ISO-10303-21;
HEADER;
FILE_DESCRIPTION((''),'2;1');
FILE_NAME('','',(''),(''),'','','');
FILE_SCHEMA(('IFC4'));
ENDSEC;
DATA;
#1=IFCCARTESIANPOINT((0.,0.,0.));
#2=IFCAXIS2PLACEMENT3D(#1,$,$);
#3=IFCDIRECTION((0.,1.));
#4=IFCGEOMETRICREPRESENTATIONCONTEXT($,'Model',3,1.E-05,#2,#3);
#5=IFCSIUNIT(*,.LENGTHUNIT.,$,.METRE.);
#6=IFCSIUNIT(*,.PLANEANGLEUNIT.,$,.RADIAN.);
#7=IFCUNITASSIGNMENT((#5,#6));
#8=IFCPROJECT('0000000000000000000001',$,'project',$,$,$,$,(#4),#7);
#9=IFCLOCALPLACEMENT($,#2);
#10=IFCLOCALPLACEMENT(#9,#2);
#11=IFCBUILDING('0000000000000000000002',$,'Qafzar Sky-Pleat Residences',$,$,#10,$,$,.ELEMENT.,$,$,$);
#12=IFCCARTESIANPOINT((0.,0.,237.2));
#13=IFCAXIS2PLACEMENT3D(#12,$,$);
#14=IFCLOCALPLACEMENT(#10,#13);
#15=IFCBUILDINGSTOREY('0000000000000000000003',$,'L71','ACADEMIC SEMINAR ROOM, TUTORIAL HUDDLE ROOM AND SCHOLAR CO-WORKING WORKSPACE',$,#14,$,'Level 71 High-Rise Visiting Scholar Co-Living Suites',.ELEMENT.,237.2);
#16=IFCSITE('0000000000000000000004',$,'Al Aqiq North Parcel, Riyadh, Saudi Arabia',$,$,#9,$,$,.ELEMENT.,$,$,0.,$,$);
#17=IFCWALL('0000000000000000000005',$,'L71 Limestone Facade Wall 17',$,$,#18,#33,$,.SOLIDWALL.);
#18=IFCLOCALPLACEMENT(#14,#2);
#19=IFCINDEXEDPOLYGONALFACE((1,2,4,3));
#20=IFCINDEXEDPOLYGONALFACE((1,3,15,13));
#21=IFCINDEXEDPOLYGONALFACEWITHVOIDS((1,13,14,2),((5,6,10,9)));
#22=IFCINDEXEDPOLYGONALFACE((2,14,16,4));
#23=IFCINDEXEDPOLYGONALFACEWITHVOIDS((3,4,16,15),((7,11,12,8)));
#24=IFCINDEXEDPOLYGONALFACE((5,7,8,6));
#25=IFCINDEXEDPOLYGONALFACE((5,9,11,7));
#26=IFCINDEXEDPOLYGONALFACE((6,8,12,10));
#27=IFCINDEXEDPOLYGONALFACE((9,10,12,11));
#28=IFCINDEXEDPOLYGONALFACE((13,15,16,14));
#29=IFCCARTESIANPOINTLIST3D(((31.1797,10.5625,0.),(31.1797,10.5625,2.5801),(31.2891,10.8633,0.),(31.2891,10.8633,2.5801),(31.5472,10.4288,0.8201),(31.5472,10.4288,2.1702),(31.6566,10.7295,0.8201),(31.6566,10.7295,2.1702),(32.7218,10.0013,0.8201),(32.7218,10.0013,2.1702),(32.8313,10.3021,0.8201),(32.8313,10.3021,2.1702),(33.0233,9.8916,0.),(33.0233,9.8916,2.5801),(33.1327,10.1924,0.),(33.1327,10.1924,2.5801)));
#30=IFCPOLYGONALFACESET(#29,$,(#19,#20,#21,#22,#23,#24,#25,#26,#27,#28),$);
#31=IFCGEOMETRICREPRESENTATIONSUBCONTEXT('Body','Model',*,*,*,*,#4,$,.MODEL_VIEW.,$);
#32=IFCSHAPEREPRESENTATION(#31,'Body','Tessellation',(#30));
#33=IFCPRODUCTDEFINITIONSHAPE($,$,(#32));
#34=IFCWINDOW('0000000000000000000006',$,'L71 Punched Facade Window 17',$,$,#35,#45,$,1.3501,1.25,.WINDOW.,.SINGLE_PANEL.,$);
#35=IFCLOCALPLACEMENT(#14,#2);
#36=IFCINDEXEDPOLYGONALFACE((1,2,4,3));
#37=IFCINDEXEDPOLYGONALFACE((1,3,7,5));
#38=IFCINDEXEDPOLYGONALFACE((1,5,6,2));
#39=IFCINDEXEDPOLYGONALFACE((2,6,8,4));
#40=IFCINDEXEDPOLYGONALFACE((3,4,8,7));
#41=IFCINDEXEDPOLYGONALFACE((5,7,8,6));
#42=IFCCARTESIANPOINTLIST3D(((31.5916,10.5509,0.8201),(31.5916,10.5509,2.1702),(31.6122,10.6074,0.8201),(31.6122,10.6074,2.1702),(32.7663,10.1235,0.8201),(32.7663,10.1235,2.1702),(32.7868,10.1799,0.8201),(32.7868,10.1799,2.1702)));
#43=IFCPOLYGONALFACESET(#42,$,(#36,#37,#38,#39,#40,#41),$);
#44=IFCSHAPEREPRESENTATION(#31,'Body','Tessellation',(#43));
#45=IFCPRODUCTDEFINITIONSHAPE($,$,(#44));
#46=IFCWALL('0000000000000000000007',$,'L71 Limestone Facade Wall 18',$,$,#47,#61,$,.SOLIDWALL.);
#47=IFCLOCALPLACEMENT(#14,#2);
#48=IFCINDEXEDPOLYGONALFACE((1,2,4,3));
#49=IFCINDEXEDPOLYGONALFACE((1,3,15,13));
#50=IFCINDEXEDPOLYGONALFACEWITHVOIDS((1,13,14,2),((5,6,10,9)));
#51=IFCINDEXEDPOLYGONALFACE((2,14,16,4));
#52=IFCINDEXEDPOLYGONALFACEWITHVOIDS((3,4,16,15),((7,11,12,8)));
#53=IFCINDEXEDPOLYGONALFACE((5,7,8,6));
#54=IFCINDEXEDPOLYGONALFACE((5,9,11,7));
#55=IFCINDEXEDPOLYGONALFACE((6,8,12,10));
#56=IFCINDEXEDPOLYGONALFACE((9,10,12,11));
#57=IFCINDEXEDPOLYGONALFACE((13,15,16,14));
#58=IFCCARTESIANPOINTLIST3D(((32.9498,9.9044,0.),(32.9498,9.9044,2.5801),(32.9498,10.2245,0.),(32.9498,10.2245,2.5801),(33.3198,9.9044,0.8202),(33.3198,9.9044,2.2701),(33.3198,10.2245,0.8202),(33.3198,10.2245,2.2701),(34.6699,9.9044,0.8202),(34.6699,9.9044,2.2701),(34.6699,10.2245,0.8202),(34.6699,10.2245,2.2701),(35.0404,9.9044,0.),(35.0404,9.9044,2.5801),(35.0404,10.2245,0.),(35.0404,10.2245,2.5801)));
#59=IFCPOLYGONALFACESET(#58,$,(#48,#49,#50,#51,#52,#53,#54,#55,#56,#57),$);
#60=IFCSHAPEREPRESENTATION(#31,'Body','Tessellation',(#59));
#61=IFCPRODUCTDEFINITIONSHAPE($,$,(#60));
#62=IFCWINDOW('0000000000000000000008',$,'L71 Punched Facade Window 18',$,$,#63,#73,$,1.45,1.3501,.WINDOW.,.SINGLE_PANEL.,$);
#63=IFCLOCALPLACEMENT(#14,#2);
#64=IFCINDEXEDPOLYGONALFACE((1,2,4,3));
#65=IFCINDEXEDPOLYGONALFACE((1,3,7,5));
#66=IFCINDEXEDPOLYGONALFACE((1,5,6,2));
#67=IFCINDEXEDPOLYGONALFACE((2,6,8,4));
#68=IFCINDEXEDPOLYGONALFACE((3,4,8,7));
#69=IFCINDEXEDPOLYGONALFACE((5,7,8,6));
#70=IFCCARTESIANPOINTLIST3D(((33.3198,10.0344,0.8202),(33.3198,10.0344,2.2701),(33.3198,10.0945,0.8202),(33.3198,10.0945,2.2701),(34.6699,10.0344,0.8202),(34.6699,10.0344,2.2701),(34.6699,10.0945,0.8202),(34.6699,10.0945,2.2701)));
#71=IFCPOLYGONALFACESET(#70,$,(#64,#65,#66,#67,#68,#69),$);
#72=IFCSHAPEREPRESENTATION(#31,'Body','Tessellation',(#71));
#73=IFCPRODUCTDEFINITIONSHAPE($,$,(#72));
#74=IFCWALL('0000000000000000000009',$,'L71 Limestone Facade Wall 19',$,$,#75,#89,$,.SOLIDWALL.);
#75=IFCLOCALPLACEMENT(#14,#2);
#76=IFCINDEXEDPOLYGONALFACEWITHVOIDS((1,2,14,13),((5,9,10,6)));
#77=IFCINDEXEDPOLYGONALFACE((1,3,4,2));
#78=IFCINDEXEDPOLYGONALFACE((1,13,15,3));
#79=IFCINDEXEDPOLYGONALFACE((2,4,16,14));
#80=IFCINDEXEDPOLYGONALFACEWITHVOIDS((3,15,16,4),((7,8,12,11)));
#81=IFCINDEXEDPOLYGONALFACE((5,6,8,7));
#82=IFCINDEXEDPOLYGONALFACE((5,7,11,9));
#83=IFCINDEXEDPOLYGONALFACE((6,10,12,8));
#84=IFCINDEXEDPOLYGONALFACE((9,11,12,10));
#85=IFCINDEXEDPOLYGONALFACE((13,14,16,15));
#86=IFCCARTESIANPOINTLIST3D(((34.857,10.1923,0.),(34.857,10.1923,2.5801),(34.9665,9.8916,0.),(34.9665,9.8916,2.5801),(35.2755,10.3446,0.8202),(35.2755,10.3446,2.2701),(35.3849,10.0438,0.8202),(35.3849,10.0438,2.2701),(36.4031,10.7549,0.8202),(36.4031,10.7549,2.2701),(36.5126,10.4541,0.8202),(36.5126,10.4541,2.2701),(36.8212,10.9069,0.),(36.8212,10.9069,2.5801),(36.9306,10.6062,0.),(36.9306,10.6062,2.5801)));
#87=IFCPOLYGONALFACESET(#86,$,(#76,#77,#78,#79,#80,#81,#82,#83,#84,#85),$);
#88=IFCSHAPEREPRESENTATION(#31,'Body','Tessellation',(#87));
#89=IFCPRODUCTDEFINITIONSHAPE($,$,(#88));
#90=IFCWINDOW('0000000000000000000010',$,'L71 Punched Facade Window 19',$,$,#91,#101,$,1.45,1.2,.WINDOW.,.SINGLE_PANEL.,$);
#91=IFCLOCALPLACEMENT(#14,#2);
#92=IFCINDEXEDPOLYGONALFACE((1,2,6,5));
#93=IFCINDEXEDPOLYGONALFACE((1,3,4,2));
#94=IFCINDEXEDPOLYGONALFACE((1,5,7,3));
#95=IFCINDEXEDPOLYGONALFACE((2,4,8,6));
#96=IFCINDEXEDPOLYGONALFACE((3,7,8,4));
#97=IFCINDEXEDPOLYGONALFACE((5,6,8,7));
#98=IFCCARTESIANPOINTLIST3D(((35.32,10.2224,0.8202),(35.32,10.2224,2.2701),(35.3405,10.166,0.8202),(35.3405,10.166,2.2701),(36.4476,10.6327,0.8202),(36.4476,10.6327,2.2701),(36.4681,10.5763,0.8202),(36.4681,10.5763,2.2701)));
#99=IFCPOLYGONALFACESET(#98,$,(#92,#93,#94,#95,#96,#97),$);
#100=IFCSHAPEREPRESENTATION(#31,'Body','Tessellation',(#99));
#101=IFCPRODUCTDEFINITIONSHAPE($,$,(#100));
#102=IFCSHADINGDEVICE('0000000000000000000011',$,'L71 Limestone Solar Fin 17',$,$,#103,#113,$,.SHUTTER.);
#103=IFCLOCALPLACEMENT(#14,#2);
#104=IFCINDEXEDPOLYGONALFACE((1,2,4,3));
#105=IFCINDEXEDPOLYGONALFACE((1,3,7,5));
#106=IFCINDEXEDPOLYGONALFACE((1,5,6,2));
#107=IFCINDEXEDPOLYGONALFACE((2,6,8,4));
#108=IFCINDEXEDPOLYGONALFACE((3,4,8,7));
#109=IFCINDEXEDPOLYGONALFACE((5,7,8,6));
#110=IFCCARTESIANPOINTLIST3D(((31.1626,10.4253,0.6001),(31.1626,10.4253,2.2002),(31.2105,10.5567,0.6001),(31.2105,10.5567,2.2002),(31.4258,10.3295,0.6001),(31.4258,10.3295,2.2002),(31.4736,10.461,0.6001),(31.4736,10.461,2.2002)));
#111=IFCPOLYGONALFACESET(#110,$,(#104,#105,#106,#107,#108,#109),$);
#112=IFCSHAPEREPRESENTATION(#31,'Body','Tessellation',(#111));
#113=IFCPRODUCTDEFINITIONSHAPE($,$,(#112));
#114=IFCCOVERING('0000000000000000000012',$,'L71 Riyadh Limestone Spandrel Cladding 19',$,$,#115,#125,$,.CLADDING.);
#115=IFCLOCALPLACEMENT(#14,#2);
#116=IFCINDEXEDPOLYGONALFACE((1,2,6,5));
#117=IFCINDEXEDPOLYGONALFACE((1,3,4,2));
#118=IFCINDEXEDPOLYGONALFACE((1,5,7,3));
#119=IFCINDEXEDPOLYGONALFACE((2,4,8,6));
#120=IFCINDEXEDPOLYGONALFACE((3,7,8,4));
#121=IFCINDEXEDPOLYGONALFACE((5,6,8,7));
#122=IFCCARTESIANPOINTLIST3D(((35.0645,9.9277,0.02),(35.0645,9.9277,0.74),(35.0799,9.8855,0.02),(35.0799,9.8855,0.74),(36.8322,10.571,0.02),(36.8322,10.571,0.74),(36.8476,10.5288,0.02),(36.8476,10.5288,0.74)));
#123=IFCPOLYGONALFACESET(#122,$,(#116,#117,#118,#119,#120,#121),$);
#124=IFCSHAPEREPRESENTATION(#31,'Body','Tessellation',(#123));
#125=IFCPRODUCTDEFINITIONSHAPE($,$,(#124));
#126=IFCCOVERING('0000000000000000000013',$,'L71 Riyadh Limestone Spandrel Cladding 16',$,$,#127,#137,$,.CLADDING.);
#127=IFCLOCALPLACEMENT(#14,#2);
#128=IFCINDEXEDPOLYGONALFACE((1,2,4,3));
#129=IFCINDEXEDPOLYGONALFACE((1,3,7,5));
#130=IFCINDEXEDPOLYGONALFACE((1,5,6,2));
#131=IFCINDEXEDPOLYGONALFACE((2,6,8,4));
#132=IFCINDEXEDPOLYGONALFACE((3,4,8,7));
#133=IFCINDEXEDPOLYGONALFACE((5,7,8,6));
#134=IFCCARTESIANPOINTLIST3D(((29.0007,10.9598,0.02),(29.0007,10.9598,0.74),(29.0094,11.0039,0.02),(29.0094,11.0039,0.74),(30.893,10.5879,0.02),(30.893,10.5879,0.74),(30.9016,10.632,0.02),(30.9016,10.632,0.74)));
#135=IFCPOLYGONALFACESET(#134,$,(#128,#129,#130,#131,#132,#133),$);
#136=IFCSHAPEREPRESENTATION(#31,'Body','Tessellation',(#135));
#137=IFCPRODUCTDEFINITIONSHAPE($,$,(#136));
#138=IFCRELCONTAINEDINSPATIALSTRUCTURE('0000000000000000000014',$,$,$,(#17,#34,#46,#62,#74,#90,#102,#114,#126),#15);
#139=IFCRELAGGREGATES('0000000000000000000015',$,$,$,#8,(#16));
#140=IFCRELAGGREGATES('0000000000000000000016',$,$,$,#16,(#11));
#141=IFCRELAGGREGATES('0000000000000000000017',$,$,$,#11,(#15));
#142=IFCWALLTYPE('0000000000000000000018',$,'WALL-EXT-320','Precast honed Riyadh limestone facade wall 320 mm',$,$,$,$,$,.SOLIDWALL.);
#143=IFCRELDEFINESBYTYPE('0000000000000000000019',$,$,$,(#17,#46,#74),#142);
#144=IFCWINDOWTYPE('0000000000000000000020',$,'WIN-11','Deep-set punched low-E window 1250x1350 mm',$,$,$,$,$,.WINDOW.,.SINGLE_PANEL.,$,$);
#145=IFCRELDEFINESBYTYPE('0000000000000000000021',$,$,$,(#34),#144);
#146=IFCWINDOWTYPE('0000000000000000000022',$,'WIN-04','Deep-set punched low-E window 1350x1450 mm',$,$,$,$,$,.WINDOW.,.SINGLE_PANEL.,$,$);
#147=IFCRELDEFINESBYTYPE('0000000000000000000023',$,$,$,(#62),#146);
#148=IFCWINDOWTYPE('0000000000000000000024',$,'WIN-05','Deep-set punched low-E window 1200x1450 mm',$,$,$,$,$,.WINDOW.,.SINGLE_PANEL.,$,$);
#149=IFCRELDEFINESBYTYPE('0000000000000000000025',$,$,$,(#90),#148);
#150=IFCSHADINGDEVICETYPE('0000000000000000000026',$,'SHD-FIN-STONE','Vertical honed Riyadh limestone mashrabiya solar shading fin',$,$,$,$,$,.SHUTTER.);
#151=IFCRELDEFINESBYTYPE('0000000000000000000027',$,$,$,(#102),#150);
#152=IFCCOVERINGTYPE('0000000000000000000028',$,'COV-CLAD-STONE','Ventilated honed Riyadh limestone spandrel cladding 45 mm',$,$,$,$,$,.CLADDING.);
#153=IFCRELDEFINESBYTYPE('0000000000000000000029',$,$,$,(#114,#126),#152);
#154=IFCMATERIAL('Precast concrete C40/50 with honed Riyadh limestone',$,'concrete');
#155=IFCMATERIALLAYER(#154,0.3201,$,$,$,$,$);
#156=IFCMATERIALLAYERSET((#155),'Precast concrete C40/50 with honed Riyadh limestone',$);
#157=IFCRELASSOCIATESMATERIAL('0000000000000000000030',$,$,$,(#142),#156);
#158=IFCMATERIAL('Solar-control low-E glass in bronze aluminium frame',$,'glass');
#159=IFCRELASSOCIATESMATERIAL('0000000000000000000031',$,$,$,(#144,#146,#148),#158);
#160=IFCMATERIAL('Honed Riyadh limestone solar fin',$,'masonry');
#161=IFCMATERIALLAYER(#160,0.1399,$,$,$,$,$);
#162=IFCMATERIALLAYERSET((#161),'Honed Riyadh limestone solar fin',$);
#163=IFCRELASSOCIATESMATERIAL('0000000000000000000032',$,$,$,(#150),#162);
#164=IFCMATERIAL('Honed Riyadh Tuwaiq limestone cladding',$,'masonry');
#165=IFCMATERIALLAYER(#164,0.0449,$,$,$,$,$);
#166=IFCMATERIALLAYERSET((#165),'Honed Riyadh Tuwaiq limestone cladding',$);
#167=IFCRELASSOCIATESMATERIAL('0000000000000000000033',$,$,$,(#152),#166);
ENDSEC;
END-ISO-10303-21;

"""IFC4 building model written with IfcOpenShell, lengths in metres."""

from ifc_helpers import new_model, si_unit, direction, frame, frame_2d, origin, origin_2d, place, context, subcontext, project, spatial, rectangle, extrude, source, transform, mapped, material, layer, layer_set, type_object, element, fill, save


model = new_model("IFC4")

# Units and contexts
model_context = context("Model", 3, precision=1e-05, world=origin(), true_north=direction((0.0, 1.0)))
body_context = subcontext(model_context, "Body", "Model", "MODEL_VIEW")
ifc_project = project(units=[si_unit("LENGTHUNIT", "METRE"), si_unit("PLANEANGLEUNIT", "RADIAN")], contexts=[model_context])

# Site, building, storey
site_placement = place(None, origin())
site = spatial("IfcSite", under=ifc_project, at=site_placement, Name="Al Aqiq North Parcel, Riyadh, Saudi Arabia", CompositionType="ELEMENT", RefElevation=0.0)
building_placement = place(site_placement, origin())
building = spatial("IfcBuilding", under=site, at=building_placement, Name="Qafzar Sky-Pleat Residences", CompositionType="ELEMENT")
storey_placement = place(building_placement, frame((0.0, 0.0, 237.2)))
storey = spatial("IfcBuildingStorey", under=building, at=storey_placement, Name="L71", Description="ACADEMIC SEMINAR ROOM, TUTORIAL HUDDLE ROOM AND SCHOLAR CO-WORKING WORKSPACE", LongName="Level 71 High-Rise Visiting Scholar Co-Living Suites", CompositionType="ELEMENT", Elevation=237.2)

# Walls, openings, windows
ifc_material_1 = material(Name="Precast concrete C40/50 with honed Riyadh limestone", Category="concrete")
ifc_layer_1 = layer(ifc_material_1, 0.3201)
ifc_layer_set_1 = layer_set([ifc_layer_1], Name="Precast concrete C40/50 with honed Riyadh limestone")
wall_type = type_object("IfcWallType", Name="WALL-EXT-320", Description="Precast honed Riyadh limestone facade wall 320 mm", PredefinedType="SOLIDWALL", material=ifc_layer_set_1)
ifc_material_2 = material(Name="Solar-control low-E glass in bronze aluminium frame", Category="glass")
wall_1_placement = place(storey_placement, frame((31.2344, 10.7129, 0.0), z_axis=(0.0, 0.0, 1.0), x_axis=(0.939721, -0.341943, 0.0)))
wall_1 = element("IfcWall", 1, at=wall_1_placement, inside=storey, type_object=wall_type, Name="L71 Limestone Facade Wall 17", PredefinedType="SOLIDWALL", context=body_context, shape_type="SweptSolid", body=[
    extrude(rectangle(XDim=1.9619, YDim=0.3201, at=frame_2d((0.981, 0.0))), origin(), (0.0, 0.0, 1.0), 2.5801),
])
opening_1_placement = place(wall_1_placement, frame((0.3911, 0.0, 0.8201)))
opening_1 = element("IfcOpeningElement", 2, at=opening_1_placement, cuts=wall_1, PredefinedType="OPENING", context=body_context, shape_type="SweptSolid", body=[
    extrude(rectangle(XDim=1.25, YDim=1.3501, at=frame_2d((0.625, 0.675))), frame((0.0, 0.1699, 0.0), z_axis=(0.0, -1.0, 0.0), x_axis=(1.0, 0.0, 0.0)), (0.0, 0.0, 1.0), 0.3401),
])
window_type_1 = type_object("IfcWindowType", Name="WIN-11", Description="Deep-set punched low-E window 1250x1350 mm", PartitioningType="SINGLE_PANEL", PredefinedType="WINDOW", material=ifc_material_2)
shared_shape_1 = source(origin(), body_context, "Body", "SweptSolid", [
    extrude(rectangle(XDim=1.25, YDim=1.3501, at=frame_2d((0.625, 0.675))), frame((0.0, 0.03, 0.0), z_axis=(0.0, -1.0, 0.0), x_axis=(1.0, 0.0, 0.0)), (0.0, 0.0, 1.0), 0.0601),
])
window_1_placement = place(opening_1_placement, origin())
window_1 = element("IfcWindow", 3, at=window_1_placement, inside=storey, type_object=window_type_1, Name="L71 Punched Facade Window 17", OverallHeight=1.3501, OverallWidth=1.25, PartitioningType="SINGLE_PANEL", PredefinedType="WINDOW", context=body_context, shape_type="MappedRepresentation", body=[
    mapped(shared_shape_1, transform((0.0, 0.0, 0.0), x_axis=(1.0, 0.0, 0.0), y_axis=(0.0, 1.0, 0.0), z_axis=(0.0, 0.0, 1.0), scale=1.0)),
])
fill(opening_1, window_1)
wall_2_placement = place(storey_placement, frame((32.9497, 10.0645, 0.0), z_axis=(0.0, 0.0, 1.0), x_axis=(1.0, 0.0, 0.0)))
wall_2 = element("IfcWall", 4, at=wall_2_placement, inside=storey, type_object=wall_type, Name="L71 Limestone Facade Wall 18", PredefinedType="SOLIDWALL", context=body_context, shape_type="SweptSolid", body=[
    extrude(rectangle(XDim=2.0906, YDim=0.3201, at=frame_2d((1.0454, 0.0))), origin(), (0.0, 0.0, 1.0), 2.5801),
])
opening_2_placement = place(wall_2_placement, frame((0.3701, 0.0, 0.8201)))
opening_2 = element("IfcOpeningElement", 5, at=opening_2_placement, cuts=wall_2, PredefinedType="OPENING", context=body_context, shape_type="SweptSolid", body=[
    extrude(rectangle(XDim=1.3501, YDim=1.45, at=frame_2d((0.675, 0.7251))), frame((0.0, 0.1699, 0.0), z_axis=(0.0, -1.0, 0.0), x_axis=(1.0, 0.0, 0.0)), (0.0, 0.0, 1.0), 0.3401),
])
window_type_2 = type_object("IfcWindowType", Name="WIN-04", Description="Deep-set punched low-E window 1350x1450 mm", PartitioningType="SINGLE_PANEL", PredefinedType="WINDOW", material=ifc_material_2)
shared_shape_2 = source(origin(), body_context, "Body", "SweptSolid", [
    extrude(rectangle(XDim=1.3501, YDim=1.45, at=frame_2d((0.675, 0.7251))), frame((0.0, 0.03, 0.0), z_axis=(0.0, -1.0, 0.0), x_axis=(1.0, 0.0, 0.0)), (0.0, 0.0, 1.0), 0.0601),
])
window_2_placement = place(opening_2_placement, origin())
window_2 = element("IfcWindow", 6, at=window_2_placement, inside=storey, type_object=window_type_2, Name="L71 Punched Facade Window 18", OverallHeight=1.45, OverallWidth=1.3501, PartitioningType="SINGLE_PANEL", PredefinedType="WINDOW", context=body_context, shape_type="MappedRepresentation", body=[
    mapped(shared_shape_2, transform((0.0, 0.0, 0.0), x_axis=(1.0, 0.0, 0.0), y_axis=(0.0, 1.0, 0.0), z_axis=(0.0, 0.0, 1.0), scale=1.0)),
])
fill(opening_2, window_2)
wall_3_placement = place(storey_placement, frame((34.9119, 10.042, 0.0), z_axis=(0.0, 0.0, 1.0), x_axis=(0.939735, 0.341902, 0.0)))
wall_3 = element("IfcWall", 7, at=wall_3_placement, inside=storey, type_object=wall_type, Name="L71 Limestone Facade Wall 19", PredefinedType="SOLIDWALL", context=body_context, shape_type="SweptSolid", body=[
    extrude(rectangle(XDim=2.0901, YDim=0.3201, at=frame_2d((1.0449, 0.0))), origin(), (0.0, 0.0, 1.0), 2.5801),
])
opening_3_placement = place(wall_3_placement, frame((0.4451, 0.0, 0.8201)))
opening_3 = element("IfcOpeningElement", 8, at=opening_3_placement, cuts=wall_3, PredefinedType="OPENING", context=body_context, shape_type="SweptSolid", body=[
    extrude(rectangle(XDim=1.2, YDim=1.45, at=frame_2d((0.6001, 0.7251))), frame((0.0, 0.1699, 0.0), z_axis=(0.0, -1.0, 0.0), x_axis=(1.0, 0.0, 0.0)), (0.0, 0.0, 1.0), 0.3401),
])
window_type_3 = type_object("IfcWindowType", Name="WIN-05", Description="Deep-set punched low-E window 1200x1450 mm", PartitioningType="SINGLE_PANEL", PredefinedType="WINDOW", material=ifc_material_2)
shared_shape_3 = source(origin(), body_context, "Body", "SweptSolid", [
    extrude(rectangle(XDim=1.2, YDim=1.45, at=frame_2d((0.6001, 0.7251))), frame((0.0, 0.03, 0.0), z_axis=(0.0, -1.0, 0.0), x_axis=(1.0, 0.0, 0.0)), (0.0, 0.0, 1.0), 0.0601),
])
window_3_placement = place(opening_3_placement, origin())
window_3 = element("IfcWindow", 9, at=window_3_placement, inside=storey, type_object=window_type_3, Name="L71 Punched Facade Window 19", OverallHeight=1.45, OverallWidth=1.2, PartitioningType="SINGLE_PANEL", PredefinedType="WINDOW", context=body_context, shape_type="MappedRepresentation", body=[
    mapped(shared_shape_3, transform((0.0, 0.0, 0.0), x_axis=(1.0, 0.0, 0.0), y_axis=(0.0, 1.0, 0.0), z_axis=(0.0, 0.0, 1.0), scale=1.0)),
])
fill(opening_3, window_3)

# Shading device
ifc_material_3 = material(Name="Honed Riyadh limestone solar fin", Category="masonry")
ifc_layer_2 = layer(ifc_material_3, 0.1399)
ifc_layer_set_2 = layer_set([ifc_layer_2], Name="Honed Riyadh limestone solar fin")
shading_device_type = type_object("IfcShadingDeviceType", Name="SHD-FIN-STONE", Description="Vertical honed Riyadh limestone mashrabiya solar shading fin", PredefinedType="SHUTTER", material=ifc_layer_set_2)
shared_shape_4 = source(origin(), body_context, "Body", "SweptSolid", [
    extrude(rectangle(XDim=0.1399, YDim=0.28, at=origin_2d()), origin(), (0.0, 0.0, 1.0), 1.6001),
])
shading_device_placement = place(storey_placement, frame((31.3181, 10.4431, 0.6001), z_axis=(0.0, 0.0, 1.0), x_axis=(-0.34201, -0.939696, 0.0)))
element("IfcShadingDevice", 10, at=shading_device_placement, inside=storey, type_object=shading_device_type, Name="L71 Limestone Solar Fin 17", PredefinedType="SHUTTER", context=body_context, shape_type="MappedRepresentation", body=[
    mapped(shared_shape_4, transform((0.0, 0.0, 0.0), x_axis=(1.0, 0.0, 0.0), y_axis=(0.0, 1.0, 0.0), z_axis=(0.0, 0.0, 1.0), scale=1.0)),
])

# Coverings
ifc_material_4 = material(Name="Honed Riyadh Tuwaiq limestone cladding", Category="masonry")
ifc_layer_3 = layer(ifc_material_4, 0.0449)
ifc_layer_set_3 = layer_set([ifc_layer_3], Name="Honed Riyadh Tuwaiq limestone cladding")
covering_type = type_object("IfcCoveringType", Name="COV-CLAD-STONE", Description="Ventilated honed Riyadh limestone spandrel cladding 45 mm", PredefinedType="CLADDING", material=ifc_layer_set_3)
shared_shape_5 = source(origin(), body_context, "Body", "SweptSolid", [
    extrude(rectangle(XDim=1.8811, YDim=0.0449, at=origin_2d()), origin(), (0.0, 0.0, 1.0), 0.72),
])
covering_1_placement = place(storey_placement, frame((35.9561, 10.2283, 0.02), z_axis=(0.0, 0.0, 1.0), x_axis=(0.93971, 0.341974, 0.0)))
element("IfcCovering", 11, at=covering_1_placement, inside=storey, type_object=covering_type, Name="L71 Riyadh Limestone Spandrel Cladding 19", PredefinedType="CLADDING", context=body_context, shape_type="MappedRepresentation", body=[
    mapped(shared_shape_5, transform((0.0, 0.0, 0.0), x_axis=(1.0, 0.0, 0.0), y_axis=(0.0, 1.0, 0.0), z_axis=(0.0, 0.0, 1.0), scale=1.0)),
])
shared_shape_6 = source(origin(), body_context, "Body", "SweptSolid", [
    extrude(rectangle(XDim=1.9285, YDim=0.0449, at=origin_2d()), origin(), (0.0, 0.0, 1.0), 0.72),
])
covering_2_placement = place(storey_placement, frame((29.9512, 10.7959, 0.02), z_axis=(0.0, 0.0, 1.0), x_axis=(0.98123, -0.192839, 0.0)))
element("IfcCovering", 12, at=covering_2_placement, inside=storey, type_object=covering_type, Name="L71 Riyadh Limestone Spandrel Cladding 16", PredefinedType="CLADDING", context=body_context, shape_type="MappedRepresentation", body=[
    mapped(shared_shape_6, transform((0.0, 0.0, 0.0), x_axis=(1.0, 0.0, 0.0), y_axis=(0.0, 1.0, 0.0), z_axis=(0.0, 0.0, 1.0), scale=1.0)),
])

save(model, "model.ifc")
